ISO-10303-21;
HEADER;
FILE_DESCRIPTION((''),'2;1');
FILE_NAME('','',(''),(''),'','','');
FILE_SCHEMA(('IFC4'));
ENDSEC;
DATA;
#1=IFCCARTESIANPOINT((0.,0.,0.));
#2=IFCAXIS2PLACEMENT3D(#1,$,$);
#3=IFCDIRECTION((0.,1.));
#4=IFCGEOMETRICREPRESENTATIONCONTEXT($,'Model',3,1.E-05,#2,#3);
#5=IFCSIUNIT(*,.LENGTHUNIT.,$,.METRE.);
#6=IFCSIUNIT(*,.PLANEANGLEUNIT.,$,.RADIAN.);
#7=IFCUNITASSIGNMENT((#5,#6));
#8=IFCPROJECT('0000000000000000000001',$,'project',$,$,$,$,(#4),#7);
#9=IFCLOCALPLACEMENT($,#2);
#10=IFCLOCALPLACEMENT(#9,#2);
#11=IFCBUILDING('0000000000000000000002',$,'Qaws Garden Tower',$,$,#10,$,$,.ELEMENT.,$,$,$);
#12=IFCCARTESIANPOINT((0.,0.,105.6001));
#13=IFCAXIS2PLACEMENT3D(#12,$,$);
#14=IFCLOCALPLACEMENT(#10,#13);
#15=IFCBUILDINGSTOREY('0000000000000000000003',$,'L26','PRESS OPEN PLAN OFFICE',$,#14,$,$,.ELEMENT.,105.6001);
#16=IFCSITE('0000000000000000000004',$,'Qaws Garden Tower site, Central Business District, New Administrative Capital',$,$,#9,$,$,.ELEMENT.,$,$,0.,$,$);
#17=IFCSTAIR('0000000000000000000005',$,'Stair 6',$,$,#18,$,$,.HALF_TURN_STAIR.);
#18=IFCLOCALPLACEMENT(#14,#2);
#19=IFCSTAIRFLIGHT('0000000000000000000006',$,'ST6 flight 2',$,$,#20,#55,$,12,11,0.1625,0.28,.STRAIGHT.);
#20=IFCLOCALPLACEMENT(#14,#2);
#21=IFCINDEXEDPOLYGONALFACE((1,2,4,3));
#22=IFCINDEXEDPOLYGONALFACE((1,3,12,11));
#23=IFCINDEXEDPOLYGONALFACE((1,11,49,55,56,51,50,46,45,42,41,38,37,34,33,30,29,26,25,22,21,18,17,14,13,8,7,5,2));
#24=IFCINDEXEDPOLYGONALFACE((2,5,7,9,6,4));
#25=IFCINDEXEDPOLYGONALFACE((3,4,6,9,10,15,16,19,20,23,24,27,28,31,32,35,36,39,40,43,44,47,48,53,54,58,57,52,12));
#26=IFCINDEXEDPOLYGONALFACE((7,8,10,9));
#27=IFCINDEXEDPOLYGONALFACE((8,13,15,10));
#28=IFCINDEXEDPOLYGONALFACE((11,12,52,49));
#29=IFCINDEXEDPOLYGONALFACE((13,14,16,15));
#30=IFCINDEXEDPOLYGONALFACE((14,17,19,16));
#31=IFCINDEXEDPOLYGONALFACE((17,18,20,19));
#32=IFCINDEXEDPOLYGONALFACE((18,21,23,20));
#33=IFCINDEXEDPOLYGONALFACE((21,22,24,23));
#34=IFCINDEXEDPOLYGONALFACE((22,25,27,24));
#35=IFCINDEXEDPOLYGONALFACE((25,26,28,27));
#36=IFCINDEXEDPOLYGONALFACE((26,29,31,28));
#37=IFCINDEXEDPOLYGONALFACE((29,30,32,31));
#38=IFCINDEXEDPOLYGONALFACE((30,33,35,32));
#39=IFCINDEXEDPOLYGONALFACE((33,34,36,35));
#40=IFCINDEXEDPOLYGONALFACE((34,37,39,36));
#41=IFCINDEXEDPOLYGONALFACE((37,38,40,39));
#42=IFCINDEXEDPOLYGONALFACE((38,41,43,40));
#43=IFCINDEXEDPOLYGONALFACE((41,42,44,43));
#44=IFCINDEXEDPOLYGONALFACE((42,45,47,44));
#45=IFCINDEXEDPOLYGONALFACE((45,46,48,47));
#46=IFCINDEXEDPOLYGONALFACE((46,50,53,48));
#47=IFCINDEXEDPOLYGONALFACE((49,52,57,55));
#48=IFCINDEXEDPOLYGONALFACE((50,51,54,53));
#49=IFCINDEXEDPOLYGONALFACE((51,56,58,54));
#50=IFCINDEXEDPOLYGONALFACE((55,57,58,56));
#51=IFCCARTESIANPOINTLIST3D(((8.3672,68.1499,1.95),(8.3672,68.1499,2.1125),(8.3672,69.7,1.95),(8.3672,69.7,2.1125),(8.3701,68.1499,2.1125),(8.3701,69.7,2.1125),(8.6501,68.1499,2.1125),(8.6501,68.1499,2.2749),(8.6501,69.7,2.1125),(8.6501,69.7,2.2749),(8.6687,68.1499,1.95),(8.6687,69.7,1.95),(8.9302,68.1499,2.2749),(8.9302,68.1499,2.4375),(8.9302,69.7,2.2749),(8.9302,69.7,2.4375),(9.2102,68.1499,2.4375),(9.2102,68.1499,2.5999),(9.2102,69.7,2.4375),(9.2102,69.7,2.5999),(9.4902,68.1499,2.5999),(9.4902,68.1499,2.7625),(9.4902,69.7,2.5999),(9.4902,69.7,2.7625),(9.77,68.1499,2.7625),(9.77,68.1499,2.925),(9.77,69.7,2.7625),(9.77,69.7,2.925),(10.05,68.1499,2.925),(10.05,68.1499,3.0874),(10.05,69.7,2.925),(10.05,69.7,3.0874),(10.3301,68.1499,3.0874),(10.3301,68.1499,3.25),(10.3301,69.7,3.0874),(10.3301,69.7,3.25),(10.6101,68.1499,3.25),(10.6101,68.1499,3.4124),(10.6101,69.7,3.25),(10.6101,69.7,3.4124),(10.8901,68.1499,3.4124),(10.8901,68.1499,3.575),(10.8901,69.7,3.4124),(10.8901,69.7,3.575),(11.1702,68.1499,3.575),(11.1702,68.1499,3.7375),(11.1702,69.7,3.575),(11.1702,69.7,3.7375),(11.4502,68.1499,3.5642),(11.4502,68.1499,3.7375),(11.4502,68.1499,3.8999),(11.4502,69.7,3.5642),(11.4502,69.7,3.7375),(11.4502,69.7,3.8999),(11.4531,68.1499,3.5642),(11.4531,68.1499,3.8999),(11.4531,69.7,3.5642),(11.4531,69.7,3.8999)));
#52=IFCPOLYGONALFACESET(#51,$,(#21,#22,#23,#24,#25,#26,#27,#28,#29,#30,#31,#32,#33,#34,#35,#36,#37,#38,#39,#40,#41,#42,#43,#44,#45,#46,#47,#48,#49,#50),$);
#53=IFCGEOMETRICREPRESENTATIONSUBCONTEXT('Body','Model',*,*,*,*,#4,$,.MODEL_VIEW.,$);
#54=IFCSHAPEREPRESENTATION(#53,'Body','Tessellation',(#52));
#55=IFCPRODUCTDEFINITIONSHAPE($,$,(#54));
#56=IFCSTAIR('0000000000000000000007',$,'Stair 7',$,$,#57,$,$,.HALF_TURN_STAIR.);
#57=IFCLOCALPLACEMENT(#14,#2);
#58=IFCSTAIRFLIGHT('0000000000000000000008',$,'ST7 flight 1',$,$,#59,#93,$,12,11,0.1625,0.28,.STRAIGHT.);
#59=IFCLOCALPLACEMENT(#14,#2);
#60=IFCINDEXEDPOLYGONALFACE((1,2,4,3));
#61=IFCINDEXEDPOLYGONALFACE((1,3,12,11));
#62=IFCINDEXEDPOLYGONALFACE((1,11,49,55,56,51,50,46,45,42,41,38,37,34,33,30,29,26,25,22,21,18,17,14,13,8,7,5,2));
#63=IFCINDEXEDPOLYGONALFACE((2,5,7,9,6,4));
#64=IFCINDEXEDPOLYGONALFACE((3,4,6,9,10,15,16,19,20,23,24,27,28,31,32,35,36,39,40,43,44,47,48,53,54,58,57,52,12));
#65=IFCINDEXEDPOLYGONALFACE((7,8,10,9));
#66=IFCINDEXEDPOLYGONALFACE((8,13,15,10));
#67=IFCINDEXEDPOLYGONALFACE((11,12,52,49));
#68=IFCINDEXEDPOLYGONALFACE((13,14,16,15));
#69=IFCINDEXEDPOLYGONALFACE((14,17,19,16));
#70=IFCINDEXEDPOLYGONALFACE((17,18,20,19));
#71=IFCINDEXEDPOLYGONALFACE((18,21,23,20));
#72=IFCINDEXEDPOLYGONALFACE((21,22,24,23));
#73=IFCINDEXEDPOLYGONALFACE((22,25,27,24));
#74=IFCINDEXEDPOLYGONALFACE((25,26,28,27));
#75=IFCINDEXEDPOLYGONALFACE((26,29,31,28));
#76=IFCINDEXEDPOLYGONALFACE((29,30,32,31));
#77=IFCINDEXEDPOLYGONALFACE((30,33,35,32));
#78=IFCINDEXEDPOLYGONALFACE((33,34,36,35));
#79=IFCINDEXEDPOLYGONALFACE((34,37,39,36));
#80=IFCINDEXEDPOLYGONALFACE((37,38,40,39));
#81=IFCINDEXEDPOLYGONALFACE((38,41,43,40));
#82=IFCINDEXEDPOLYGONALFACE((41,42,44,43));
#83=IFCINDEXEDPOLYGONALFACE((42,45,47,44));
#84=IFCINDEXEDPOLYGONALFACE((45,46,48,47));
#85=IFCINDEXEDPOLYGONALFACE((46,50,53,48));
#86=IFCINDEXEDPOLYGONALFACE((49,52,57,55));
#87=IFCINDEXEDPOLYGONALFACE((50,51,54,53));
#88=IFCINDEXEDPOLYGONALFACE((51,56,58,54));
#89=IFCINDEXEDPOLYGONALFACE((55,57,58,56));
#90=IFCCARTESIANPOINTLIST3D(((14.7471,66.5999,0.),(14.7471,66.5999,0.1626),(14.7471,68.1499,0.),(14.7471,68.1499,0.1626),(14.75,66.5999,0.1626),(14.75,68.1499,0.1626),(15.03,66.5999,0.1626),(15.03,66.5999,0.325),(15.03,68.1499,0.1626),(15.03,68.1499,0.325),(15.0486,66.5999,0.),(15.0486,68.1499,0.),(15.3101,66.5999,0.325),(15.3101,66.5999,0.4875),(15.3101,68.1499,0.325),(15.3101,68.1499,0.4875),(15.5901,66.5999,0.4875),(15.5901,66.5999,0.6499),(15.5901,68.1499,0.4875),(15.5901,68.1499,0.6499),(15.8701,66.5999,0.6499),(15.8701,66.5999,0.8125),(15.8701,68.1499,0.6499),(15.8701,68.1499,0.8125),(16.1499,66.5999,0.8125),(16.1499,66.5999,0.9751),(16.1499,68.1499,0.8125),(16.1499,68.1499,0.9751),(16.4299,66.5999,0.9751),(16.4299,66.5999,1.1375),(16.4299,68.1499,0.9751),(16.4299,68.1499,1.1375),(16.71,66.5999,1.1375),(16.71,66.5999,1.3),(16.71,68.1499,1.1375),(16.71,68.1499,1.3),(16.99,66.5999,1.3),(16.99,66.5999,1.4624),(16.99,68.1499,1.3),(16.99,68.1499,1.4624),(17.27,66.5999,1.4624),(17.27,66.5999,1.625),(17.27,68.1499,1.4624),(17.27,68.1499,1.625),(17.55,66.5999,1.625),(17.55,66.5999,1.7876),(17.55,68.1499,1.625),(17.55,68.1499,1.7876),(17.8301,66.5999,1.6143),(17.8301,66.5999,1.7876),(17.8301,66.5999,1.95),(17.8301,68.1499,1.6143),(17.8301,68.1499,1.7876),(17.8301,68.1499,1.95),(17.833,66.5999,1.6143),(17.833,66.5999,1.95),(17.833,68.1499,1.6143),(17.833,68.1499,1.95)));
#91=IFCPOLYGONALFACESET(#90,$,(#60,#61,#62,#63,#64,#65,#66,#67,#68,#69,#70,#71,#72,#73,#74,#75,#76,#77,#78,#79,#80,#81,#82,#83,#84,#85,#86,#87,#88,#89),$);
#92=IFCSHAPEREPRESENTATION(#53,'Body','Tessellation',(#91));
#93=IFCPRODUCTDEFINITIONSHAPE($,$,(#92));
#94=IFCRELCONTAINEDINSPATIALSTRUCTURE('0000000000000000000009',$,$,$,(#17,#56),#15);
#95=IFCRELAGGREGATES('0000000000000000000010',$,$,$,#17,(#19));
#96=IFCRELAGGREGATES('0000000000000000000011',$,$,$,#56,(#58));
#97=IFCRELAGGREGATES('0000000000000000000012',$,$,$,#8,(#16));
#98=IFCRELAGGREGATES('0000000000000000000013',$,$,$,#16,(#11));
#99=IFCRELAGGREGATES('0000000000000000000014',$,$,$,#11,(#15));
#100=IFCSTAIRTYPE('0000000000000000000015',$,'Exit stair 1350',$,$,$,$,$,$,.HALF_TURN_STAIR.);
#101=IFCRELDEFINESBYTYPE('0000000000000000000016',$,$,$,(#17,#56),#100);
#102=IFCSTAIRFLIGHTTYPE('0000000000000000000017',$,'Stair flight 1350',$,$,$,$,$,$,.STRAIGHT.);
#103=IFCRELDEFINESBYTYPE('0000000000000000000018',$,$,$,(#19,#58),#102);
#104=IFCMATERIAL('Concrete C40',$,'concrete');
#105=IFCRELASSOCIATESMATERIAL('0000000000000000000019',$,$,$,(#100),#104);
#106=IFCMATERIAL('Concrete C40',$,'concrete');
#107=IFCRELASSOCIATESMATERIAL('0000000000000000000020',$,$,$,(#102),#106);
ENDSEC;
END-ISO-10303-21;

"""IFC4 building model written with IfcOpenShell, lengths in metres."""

from ifc_helpers import new_model, si_unit, direction, frame, origin, place, context, subcontext, project, spatial, polyline, outline, extrude, material, type_object, element, aggregate, save


model = new_model("IFC4")

# Units and contexts
model_context = context("Model", 3, precision=1e-05, world=origin(), true_north=direction((0.0, 1.0)))
body_context = subcontext(model_context, "Body", "Model", "MODEL_VIEW")
ifc_project = project(units=[si_unit("LENGTHUNIT", "METRE"), si_unit("PLANEANGLEUNIT", "RADIAN")], contexts=[model_context])

# Site, building, storey
site_placement = place(None, origin())
site = spatial("IfcSite", under=ifc_project, at=site_placement, Name="Qaws Garden Tower site, Central Business District, New Administrative Capital", CompositionType="ELEMENT", RefElevation=0.0)
building_placement = place(site_placement, origin())
building = spatial("IfcBuilding", under=site, at=building_placement, Name="Qaws Garden Tower", CompositionType="ELEMENT")
storey_placement = place(building_placement, frame((0.0, 0.0, 105.6001)))
storey = spatial("IfcBuildingStorey", under=building, at=storey_placement, Name="L26", Description="PRESS OPEN PLAN OFFICE", CompositionType="ELEMENT", Elevation=105.6001)

# Stair, stair flight
ifc_material_1 = material(Name="Concrete C40", Category="concrete")
stair_type = type_object("IfcStairType", Name="Exit stair 1350", PredefinedType="HALF_TURN_STAIR", material=ifc_material_1)
placement = place(storey_placement, origin())
stair_1 = element("IfcStair", 1, at=placement, inside=storey, type_object=stair_type, Name="Stair 6", PredefinedType="HALF_TURN_STAIR")
ifc_material_2 = material(Name="Concrete C40", Category="concrete")
stair_flight_type = type_object("IfcStairFlightType", Name="Stair flight 1350", PredefinedType="STRAIGHT", material=ifc_material_2)
stair_flight_1_placement = place(storey_placement, frame((8.3701, 68.925, 1.95), z_axis=(0.0, 0.0, 1.0), x_axis=(1.0, 0.0, 0.0)))
stair_flight_1 = element("IfcStairFlight", 2, at=stair_flight_1_placement, type_object=stair_flight_type, Name="ST6 flight 2", NumberOfRisers=12, NumberOfTreads=11, PredefinedType="STRAIGHT", RiserHeight=0.1625, TreadLength=0.28, context=body_context, shape_type="SweptSolid", body=[
    extrude(outline(polyline([(-0.0029, 0.0), (-0.0029, 0.1626), (0.0, 0.1626), (0.28, 0.1626), (0.28, 0.325), (0.5601, 0.325), (0.5601, 0.4875), (0.8401, 0.4875), (0.8401, 0.6499), (1.1201, 0.6499), (1.1201, 0.8125), (1.3999, 0.8125), (1.3999, 0.9751), (1.6799, 0.9751), (1.6799, 1.1375), (1.96, 1.1375), (1.96, 1.3), (2.24, 1.3), (2.24, 1.4624), (2.52, 1.4624), (2.52, 1.625), (2.8, 1.625), (2.8, 1.7876), (3.0801, 1.7876), (3.0801, 1.95), (3.083, 1.95), (3.083, 1.6143), (3.0801, 1.6143), (0.2986, 0.0), (-0.0029, 0.0)])), frame((0.0, 0.7749, 0.0), z_axis=(0.0, -1.0, 0.0), x_axis=(1.0, 0.0, 0.0)), (0.0, 0.0, 1.0), 1.55),
])
aggregate(stair_1, [stair_flight_1])

# Stair, stair flight
stair_2 = element("IfcStair", 3, at=placement, inside=storey, type_object=stair_type, Name="Stair 7", PredefinedType="HALF_TURN_STAIR")
stair_flight_2_placement = place(storey_placement, frame((14.75, 67.375, 0.0), z_axis=(0.0, 0.0, 1.0), x_axis=(1.0, 0.0, 0.0)))
stair_flight_2 = element("IfcStairFlight", 4, at=stair_flight_2_placement, type_object=stair_flight_type, Name="ST7 flight 1", NumberOfRisers=12, NumberOfTreads=11, PredefinedType="STRAIGHT", RiserHeight=0.1625, TreadLength=0.28, context=body_context, shape_type="SweptSolid", body=[
    extrude(outline(polyline([(-0.0029, 0.0), (-0.0029, 0.1626), (0.0, 0.1626), (0.28, 0.1626), (0.28, 0.325), (0.5601, 0.325), (0.5601, 0.4875), (0.8401, 0.4875), (0.8401, 0.6499), (1.1201, 0.6499), (1.1201, 0.8125), (1.3999, 0.8125), (1.3999, 0.9751), (1.6799, 0.9751), (1.6799, 1.1375), (1.96, 1.1375), (1.96, 1.3), (2.24, 1.3), (2.24, 1.4624), (2.52, 1.4624), (2.52, 1.625), (2.8, 1.625), (2.8, 1.7876), (3.0801, 1.7876), (3.0801, 1.95), (3.083, 1.95), (3.083, 1.6143), (3.0801, 1.6143), (0.2986, 0.0), (-0.0029, 0.0)])), frame((0.0, 0.7749, 0.0), z_axis=(0.0, -1.0, 0.0), x_axis=(1.0, 0.0, 0.0)), (0.0, 0.0, 1.0), 1.55),
])
aggregate(stair_2, [stair_flight_2])

save(model, "model.ifc")
